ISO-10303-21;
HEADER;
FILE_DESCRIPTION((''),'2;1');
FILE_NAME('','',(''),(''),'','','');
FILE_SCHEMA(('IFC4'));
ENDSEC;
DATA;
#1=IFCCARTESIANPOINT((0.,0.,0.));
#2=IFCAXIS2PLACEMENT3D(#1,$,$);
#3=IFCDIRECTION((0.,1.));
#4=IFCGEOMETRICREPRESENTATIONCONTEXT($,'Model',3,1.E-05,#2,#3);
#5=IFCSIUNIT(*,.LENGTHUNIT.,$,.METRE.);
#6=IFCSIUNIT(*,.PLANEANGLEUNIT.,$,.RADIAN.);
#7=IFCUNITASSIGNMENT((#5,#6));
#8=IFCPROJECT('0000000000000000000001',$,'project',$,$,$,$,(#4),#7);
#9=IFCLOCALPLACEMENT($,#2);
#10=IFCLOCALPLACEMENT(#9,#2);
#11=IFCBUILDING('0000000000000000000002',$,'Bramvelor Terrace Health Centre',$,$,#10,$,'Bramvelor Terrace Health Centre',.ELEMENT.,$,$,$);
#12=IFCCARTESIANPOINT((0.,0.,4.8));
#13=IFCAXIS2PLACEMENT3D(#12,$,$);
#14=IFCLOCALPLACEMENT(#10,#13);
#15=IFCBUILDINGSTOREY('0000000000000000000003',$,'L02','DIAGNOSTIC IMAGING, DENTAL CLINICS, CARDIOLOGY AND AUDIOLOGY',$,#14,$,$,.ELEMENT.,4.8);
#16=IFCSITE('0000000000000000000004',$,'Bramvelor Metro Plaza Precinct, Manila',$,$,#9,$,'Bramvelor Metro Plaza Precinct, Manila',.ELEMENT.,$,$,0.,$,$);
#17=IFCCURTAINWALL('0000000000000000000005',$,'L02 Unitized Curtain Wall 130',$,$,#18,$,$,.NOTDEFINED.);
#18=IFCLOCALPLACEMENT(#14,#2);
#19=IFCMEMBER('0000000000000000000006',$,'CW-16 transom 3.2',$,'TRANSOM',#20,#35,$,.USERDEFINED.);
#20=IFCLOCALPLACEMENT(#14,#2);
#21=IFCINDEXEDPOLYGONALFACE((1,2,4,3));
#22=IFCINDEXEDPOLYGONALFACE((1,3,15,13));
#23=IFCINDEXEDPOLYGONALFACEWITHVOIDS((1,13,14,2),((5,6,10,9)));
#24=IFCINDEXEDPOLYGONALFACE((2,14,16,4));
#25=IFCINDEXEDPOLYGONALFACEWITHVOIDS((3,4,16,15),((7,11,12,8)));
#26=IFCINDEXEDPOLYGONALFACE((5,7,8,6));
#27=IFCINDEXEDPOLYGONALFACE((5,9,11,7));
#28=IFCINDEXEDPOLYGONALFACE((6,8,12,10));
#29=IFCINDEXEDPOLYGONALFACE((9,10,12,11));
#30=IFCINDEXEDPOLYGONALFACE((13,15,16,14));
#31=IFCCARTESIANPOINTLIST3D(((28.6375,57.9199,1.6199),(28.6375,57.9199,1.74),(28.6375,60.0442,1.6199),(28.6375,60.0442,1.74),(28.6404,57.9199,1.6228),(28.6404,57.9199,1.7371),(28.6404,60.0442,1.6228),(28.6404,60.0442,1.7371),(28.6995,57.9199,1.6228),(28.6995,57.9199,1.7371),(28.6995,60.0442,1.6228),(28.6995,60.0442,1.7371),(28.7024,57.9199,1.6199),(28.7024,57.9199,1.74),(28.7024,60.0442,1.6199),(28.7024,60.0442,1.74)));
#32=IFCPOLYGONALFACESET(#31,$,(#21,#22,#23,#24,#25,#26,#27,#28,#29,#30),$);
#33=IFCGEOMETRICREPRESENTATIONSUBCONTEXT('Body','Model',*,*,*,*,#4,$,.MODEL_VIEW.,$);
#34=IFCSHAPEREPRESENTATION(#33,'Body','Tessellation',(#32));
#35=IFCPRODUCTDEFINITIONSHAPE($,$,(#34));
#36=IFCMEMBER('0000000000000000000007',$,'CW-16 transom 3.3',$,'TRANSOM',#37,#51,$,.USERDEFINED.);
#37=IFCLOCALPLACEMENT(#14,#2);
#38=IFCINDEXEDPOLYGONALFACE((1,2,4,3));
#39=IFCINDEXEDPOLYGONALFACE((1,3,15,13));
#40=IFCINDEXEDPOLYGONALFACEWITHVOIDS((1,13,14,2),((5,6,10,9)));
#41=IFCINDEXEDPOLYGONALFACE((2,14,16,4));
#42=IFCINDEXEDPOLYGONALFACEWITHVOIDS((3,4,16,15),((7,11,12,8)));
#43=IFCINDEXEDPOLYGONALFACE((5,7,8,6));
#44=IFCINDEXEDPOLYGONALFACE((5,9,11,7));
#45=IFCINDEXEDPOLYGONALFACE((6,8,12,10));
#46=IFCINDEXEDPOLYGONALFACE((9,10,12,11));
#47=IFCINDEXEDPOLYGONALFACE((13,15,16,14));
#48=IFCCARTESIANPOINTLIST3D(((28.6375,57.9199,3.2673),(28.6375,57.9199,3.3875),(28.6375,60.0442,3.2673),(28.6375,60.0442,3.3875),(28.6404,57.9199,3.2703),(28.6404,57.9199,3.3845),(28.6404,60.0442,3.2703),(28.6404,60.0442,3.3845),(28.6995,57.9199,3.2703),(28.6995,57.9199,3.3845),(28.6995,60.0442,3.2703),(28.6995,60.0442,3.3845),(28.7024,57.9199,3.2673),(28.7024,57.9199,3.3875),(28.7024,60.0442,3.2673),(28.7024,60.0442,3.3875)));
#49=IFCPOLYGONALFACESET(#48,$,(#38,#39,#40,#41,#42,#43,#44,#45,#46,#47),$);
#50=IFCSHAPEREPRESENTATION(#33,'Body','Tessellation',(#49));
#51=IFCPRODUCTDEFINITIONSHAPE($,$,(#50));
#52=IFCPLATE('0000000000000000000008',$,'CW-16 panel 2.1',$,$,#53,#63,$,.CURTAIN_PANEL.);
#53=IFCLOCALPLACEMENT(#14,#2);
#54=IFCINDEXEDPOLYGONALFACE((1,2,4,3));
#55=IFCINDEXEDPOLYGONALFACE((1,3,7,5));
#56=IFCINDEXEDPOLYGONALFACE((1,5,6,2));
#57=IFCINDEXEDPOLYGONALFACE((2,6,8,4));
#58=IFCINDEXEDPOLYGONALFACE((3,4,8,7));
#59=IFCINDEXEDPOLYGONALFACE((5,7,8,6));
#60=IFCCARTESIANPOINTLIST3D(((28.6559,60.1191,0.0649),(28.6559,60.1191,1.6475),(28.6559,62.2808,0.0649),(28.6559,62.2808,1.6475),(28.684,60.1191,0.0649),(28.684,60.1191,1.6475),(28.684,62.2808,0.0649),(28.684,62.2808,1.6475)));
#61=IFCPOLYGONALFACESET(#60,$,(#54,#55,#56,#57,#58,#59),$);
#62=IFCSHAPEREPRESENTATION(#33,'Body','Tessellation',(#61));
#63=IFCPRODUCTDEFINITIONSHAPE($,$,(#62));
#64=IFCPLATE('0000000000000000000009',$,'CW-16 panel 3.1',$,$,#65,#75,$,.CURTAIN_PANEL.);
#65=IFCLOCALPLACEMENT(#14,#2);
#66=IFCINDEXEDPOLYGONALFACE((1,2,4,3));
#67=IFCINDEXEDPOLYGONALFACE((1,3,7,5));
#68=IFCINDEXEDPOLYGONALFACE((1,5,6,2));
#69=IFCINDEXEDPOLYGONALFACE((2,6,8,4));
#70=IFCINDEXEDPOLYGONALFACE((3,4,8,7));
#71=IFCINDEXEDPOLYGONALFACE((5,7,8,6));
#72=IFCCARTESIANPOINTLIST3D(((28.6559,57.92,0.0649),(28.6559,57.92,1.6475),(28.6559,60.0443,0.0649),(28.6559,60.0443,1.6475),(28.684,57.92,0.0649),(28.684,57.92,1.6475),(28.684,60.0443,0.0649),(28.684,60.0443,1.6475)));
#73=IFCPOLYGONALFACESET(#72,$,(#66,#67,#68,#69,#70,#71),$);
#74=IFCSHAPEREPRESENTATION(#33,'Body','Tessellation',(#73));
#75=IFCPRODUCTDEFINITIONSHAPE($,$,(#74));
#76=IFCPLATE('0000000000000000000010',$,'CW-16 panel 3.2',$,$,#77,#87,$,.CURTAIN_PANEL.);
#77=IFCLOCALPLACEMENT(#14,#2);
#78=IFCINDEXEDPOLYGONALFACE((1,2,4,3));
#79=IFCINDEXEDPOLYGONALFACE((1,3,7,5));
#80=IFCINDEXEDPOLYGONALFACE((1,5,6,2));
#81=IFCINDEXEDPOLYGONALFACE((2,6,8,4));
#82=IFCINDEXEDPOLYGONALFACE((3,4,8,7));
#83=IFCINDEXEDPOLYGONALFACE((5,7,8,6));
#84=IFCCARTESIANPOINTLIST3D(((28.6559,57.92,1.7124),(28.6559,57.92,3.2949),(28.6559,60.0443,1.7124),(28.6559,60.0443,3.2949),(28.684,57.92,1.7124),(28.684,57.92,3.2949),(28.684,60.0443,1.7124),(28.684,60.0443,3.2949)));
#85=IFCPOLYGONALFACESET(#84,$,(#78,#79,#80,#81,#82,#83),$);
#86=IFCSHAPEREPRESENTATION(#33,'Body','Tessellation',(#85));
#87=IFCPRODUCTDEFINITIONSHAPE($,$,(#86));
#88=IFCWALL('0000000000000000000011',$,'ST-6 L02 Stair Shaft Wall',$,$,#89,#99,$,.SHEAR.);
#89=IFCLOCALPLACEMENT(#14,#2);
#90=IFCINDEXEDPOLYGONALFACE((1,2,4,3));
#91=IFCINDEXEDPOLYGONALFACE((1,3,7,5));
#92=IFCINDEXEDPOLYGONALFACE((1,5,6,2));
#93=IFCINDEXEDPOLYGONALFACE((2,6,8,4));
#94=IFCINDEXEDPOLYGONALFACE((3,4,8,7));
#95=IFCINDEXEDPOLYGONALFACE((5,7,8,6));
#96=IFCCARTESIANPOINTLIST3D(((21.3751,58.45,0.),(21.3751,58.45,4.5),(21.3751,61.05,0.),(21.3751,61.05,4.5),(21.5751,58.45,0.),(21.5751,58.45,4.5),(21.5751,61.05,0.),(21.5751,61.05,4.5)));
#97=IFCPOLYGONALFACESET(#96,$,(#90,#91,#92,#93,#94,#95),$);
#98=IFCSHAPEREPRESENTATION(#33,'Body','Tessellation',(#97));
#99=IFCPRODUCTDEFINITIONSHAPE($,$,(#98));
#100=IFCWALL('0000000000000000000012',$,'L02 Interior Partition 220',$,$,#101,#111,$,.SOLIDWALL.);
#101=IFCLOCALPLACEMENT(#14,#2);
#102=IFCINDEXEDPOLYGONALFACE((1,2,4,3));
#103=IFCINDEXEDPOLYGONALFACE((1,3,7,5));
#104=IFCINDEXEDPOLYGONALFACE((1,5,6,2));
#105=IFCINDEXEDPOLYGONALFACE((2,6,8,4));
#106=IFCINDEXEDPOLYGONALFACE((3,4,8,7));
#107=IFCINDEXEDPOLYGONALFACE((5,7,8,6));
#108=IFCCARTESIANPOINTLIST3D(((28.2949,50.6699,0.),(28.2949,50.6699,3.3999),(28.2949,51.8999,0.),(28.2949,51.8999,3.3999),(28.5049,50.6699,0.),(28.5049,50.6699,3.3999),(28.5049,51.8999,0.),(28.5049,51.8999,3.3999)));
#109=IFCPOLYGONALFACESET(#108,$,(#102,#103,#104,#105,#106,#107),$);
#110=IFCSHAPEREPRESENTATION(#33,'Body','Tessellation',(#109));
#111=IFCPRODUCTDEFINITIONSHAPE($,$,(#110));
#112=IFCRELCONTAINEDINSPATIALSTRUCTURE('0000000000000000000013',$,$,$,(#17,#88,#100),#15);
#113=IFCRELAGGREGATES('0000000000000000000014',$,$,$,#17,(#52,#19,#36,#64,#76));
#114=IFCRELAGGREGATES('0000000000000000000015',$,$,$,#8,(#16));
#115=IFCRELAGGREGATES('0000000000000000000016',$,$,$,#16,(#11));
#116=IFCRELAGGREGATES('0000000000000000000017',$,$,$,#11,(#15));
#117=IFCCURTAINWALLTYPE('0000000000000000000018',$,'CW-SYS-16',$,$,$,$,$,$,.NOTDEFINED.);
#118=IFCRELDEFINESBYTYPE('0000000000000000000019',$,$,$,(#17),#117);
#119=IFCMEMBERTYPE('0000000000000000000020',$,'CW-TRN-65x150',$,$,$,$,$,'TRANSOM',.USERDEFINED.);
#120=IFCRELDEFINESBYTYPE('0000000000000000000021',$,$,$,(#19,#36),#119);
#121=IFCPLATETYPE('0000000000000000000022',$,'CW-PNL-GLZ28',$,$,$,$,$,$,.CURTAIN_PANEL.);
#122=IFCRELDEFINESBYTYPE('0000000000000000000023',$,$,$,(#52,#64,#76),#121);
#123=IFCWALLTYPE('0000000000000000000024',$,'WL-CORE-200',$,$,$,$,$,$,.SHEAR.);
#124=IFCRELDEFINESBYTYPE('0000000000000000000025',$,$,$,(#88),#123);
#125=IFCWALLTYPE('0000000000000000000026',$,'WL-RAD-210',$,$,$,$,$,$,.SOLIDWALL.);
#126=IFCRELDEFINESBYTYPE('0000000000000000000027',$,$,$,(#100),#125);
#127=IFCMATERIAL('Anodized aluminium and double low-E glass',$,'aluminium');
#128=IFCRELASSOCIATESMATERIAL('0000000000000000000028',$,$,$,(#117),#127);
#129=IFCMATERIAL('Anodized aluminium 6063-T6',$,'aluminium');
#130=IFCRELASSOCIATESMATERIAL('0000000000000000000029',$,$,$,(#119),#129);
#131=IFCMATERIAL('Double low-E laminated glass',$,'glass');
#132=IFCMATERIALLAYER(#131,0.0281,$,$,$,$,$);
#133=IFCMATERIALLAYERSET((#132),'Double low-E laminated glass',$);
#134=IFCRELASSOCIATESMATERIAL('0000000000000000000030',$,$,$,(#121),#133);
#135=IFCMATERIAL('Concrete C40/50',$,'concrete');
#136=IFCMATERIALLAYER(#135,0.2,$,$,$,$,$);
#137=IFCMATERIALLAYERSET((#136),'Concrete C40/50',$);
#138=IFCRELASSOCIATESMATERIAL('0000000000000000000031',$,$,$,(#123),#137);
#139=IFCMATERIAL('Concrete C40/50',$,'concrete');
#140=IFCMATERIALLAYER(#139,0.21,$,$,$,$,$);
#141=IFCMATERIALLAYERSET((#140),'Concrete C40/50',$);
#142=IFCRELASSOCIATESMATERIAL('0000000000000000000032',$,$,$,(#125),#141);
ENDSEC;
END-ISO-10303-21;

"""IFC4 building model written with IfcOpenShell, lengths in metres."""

from ifc_helpers import new_model, si_unit, direction, frame, frame_2d, origin, origin_2d, place, context, subcontext, project, spatial, rectangle, hollow_rectangle, extrude, material, layer, layer_set, material_profile, profile_set, type_object, element, aggregate, save


model = new_model("IFC4")

# Units and contexts
model_context = context("Model", 3, precision=1e-05, world=origin(), true_north=direction((0.0, 1.0)))
body_context = subcontext(model_context, "Body", "Model", "MODEL_VIEW")
ifc_project = project(units=[si_unit("LENGTHUNIT", "METRE"), si_unit("PLANEANGLEUNIT", "RADIAN")], contexts=[model_context])

# Site, building, storey
site_placement = place(None, origin())
site = spatial("IfcSite", under=ifc_project, at=site_placement, Name="Bramvelor Metro Plaza Precinct, Manila", LongName="Bramvelor Metro Plaza Precinct, Manila", CompositionType="ELEMENT", RefElevation=0.0)
building_placement = place(site_placement, origin())
building = spatial("IfcBuilding", under=site, at=building_placement, Name="Bramvelor Terrace Health Centre", LongName="Bramvelor Terrace Health Centre", CompositionType="ELEMENT")
storey_placement = place(building_placement, frame((0.0, 0.0, 4.8)))
storey = spatial("IfcBuildingStorey", under=building, at=storey_placement, Name="L02", Description="DIAGNOSTIC IMAGING, DENTAL CLINICS, CARDIOLOGY AND AUDIOLOGY", CompositionType="ELEMENT", Elevation=4.8)

# Curtain wall, members, plates
ifc_material_1 = material(Name="Anodized aluminium and double low-E glass", Category="aluminium")
curtain_wall_type = type_object("IfcCurtainWallType", Name="CW-SYS-16", PredefinedType="NOTDEFINED", material=ifc_material_1)
curtain_wall_placement = place(storey_placement, origin())
curtain_wall = element("IfcCurtainWall", 1, at=curtain_wall_placement, inside=storey, type_object=curtain_wall_type, Name="L02 Unitized Curtain Wall 130", PredefinedType="NOTDEFINED")
ifc_material_2 = material(Name="Anodized aluminium 6063-T6", Category="aluminium")
ifc_material_profile_1 = material_profile(ifc_material_2, hollow_rectangle(XDim=0.0649, YDim=0.1201, WallThickness=0.0029, at=origin_2d()), Name="ALU-TRN 65x120x3.0")
ifc_profile_set_1 = profile_set([ifc_material_profile_1], Name="Anodized aluminium 6063-T6")
member_type_1 = type_object("IfcMemberType", Name="CW-TRN-65x150", ElementType="TRANSOM", PredefinedType="USERDEFINED", material=ifc_profile_set_1)
member_1_placement = place(storey_placement, frame((28.6699, 60.0442, 1.6799), z_axis=(0.0, -1.0, 0.0), x_axis=(1.0, 0.0, 0.0)))
member_1 = element("IfcMember", 2, at=member_1_placement, type_object=member_type_1, Name="CW-16 transom 3.2", ObjectType="TRANSOM", PredefinedType="USERDEFINED", context=body_context, shape_type="SweptSolid", body=[
    extrude(hollow_rectangle(XDim=0.0649, YDim=0.1201, WallThickness=0.0029, at=origin_2d()), origin(), (0.0, 0.0, 1.0), 2.1243),
])
member_2_placement = place(storey_placement, frame((28.6699, 60.0442, 3.3274), z_axis=(0.0, -1.0, 0.0), x_axis=(1.0, 0.0, 0.0)))
member_2 = element("IfcMember", 3, at=member_2_placement, type_object=member_type_1, Name="CW-16 transom 3.3", ObjectType="TRANSOM", PredefinedType="USERDEFINED", context=body_context, shape_type="SweptSolid", body=[
    extrude(hollow_rectangle(XDim=0.0649, YDim=0.1201, WallThickness=0.0029, at=origin_2d()), origin(), (0.0, 0.0, 1.0), 2.1243),
])
ifc_material_3 = material(Name="Double low-E laminated glass", Category="glass")
ifc_layer_1 = layer(ifc_material_3, 0.0281)
ifc_layer_set_1 = layer_set([ifc_layer_1], Name="Double low-E laminated glass")
plate_type = type_object("IfcPlateType", Name="CW-PNL-GLZ28", PredefinedType="CURTAIN_PANEL", material=ifc_layer_set_1)
plate_1_placement = place(storey_placement, frame((28.6699, 61.2, 0.0649), z_axis=(0.0, 0.0, 1.0), x_axis=(0.0, -1.0, 0.0)))
plate_1 = element("IfcPlate", 4, at=plate_1_placement, type_object=plate_type, Name="CW-16 panel 2.1", PredefinedType="CURTAIN_PANEL", context=body_context, shape_type="SweptSolid", body=[
    extrude(rectangle(XDim=2.1616, YDim=0.0281, at=origin_2d()), origin(), (0.0, 0.0, 1.0), 1.5825),
])
plate_2_placement = place(storey_placement, frame((28.6699, 58.9822, 0.0649), z_axis=(0.0, 0.0, 1.0), x_axis=(0.0, -1.0, 0.0)))
plate_2 = element("IfcPlate", 5, at=plate_2_placement, type_object=plate_type, Name="CW-16 panel 3.1", PredefinedType="CURTAIN_PANEL", context=body_context, shape_type="SweptSolid", body=[
    extrude(rectangle(XDim=2.1243, YDim=0.0281, at=origin_2d()), origin(), (0.0, 0.0, 1.0), 1.5825),
])
plate_3_placement = place(storey_placement, frame((28.6699, 58.9822, 1.7124), z_axis=(0.0, 0.0, 1.0), x_axis=(0.0, -1.0, 0.0)))
plate_3 = element("IfcPlate", 6, at=plate_3_placement, type_object=plate_type, Name="CW-16 panel 3.2", PredefinedType="CURTAIN_PANEL", context=body_context, shape_type="SweptSolid", body=[
    extrude(rectangle(XDim=2.1243, YDim=0.0281, at=origin_2d()), origin(), (0.0, 0.0, 1.0), 1.5825),
])
aggregate(curtain_wall, [plate_1, member_1, member_2, plate_2, plate_3])

# Walls
ifc_material_4 = material(Name="Concrete C40/50", Category="concrete")
ifc_layer_2 = layer(ifc_material_4, 0.2)
ifc_layer_set_2 = layer_set([ifc_layer_2], Name="Concrete C40/50")
wall_type_1 = type_object("IfcWallType", Name="WL-CORE-200", PredefinedType="SHEAR", material=ifc_layer_set_2)
wall_1_placement = place(storey_placement, frame((21.4751, 58.45, 0.0), z_axis=(0.0, 0.0, 1.0), x_axis=(0.0, 1.0, 0.0)))
element("IfcWall", 7, at=wall_1_placement, inside=storey, type_object=wall_type_1, Name="ST-6 L02 Stair Shaft Wall", PredefinedType="SHEAR", context=body_context, shape_type="SweptSolid", body=[
    extrude(rectangle(XDim=2.6001, YDim=0.2, at=frame_2d((1.3, 0.0))), origin(), (0.0, 0.0, 1.0), 4.5),
])
ifc_material_5 = material(Name="Concrete C40/50", Category="concrete")
ifc_layer_3 = layer(ifc_material_5, 0.21)
ifc_layer_set_3 = layer_set([ifc_layer_3], Name="Concrete C40/50")
wall_type_2 = type_object("IfcWallType", Name="WL-RAD-210", PredefinedType="SOLIDWALL", material=ifc_layer_set_3)
wall_2_placement = place(storey_placement, frame((28.3999, 51.8999, 0.0), z_axis=(0.0, 0.0, 1.0), x_axis=(0.0, -1.0, 0.0)))
element("IfcWall", 8, at=wall_2_placement, inside=storey, type_object=wall_type_2, Name="L02 Interior Partition 220", PredefinedType="SOLIDWALL", context=body_context, shape_type="SweptSolid", body=[
    extrude(rectangle(XDim=1.23, YDim=0.21, at=frame_2d((0.615, 0.0))), origin(), (0.0, 0.0, 1.0), 3.3999),
])

save(model, "model.ifc")
